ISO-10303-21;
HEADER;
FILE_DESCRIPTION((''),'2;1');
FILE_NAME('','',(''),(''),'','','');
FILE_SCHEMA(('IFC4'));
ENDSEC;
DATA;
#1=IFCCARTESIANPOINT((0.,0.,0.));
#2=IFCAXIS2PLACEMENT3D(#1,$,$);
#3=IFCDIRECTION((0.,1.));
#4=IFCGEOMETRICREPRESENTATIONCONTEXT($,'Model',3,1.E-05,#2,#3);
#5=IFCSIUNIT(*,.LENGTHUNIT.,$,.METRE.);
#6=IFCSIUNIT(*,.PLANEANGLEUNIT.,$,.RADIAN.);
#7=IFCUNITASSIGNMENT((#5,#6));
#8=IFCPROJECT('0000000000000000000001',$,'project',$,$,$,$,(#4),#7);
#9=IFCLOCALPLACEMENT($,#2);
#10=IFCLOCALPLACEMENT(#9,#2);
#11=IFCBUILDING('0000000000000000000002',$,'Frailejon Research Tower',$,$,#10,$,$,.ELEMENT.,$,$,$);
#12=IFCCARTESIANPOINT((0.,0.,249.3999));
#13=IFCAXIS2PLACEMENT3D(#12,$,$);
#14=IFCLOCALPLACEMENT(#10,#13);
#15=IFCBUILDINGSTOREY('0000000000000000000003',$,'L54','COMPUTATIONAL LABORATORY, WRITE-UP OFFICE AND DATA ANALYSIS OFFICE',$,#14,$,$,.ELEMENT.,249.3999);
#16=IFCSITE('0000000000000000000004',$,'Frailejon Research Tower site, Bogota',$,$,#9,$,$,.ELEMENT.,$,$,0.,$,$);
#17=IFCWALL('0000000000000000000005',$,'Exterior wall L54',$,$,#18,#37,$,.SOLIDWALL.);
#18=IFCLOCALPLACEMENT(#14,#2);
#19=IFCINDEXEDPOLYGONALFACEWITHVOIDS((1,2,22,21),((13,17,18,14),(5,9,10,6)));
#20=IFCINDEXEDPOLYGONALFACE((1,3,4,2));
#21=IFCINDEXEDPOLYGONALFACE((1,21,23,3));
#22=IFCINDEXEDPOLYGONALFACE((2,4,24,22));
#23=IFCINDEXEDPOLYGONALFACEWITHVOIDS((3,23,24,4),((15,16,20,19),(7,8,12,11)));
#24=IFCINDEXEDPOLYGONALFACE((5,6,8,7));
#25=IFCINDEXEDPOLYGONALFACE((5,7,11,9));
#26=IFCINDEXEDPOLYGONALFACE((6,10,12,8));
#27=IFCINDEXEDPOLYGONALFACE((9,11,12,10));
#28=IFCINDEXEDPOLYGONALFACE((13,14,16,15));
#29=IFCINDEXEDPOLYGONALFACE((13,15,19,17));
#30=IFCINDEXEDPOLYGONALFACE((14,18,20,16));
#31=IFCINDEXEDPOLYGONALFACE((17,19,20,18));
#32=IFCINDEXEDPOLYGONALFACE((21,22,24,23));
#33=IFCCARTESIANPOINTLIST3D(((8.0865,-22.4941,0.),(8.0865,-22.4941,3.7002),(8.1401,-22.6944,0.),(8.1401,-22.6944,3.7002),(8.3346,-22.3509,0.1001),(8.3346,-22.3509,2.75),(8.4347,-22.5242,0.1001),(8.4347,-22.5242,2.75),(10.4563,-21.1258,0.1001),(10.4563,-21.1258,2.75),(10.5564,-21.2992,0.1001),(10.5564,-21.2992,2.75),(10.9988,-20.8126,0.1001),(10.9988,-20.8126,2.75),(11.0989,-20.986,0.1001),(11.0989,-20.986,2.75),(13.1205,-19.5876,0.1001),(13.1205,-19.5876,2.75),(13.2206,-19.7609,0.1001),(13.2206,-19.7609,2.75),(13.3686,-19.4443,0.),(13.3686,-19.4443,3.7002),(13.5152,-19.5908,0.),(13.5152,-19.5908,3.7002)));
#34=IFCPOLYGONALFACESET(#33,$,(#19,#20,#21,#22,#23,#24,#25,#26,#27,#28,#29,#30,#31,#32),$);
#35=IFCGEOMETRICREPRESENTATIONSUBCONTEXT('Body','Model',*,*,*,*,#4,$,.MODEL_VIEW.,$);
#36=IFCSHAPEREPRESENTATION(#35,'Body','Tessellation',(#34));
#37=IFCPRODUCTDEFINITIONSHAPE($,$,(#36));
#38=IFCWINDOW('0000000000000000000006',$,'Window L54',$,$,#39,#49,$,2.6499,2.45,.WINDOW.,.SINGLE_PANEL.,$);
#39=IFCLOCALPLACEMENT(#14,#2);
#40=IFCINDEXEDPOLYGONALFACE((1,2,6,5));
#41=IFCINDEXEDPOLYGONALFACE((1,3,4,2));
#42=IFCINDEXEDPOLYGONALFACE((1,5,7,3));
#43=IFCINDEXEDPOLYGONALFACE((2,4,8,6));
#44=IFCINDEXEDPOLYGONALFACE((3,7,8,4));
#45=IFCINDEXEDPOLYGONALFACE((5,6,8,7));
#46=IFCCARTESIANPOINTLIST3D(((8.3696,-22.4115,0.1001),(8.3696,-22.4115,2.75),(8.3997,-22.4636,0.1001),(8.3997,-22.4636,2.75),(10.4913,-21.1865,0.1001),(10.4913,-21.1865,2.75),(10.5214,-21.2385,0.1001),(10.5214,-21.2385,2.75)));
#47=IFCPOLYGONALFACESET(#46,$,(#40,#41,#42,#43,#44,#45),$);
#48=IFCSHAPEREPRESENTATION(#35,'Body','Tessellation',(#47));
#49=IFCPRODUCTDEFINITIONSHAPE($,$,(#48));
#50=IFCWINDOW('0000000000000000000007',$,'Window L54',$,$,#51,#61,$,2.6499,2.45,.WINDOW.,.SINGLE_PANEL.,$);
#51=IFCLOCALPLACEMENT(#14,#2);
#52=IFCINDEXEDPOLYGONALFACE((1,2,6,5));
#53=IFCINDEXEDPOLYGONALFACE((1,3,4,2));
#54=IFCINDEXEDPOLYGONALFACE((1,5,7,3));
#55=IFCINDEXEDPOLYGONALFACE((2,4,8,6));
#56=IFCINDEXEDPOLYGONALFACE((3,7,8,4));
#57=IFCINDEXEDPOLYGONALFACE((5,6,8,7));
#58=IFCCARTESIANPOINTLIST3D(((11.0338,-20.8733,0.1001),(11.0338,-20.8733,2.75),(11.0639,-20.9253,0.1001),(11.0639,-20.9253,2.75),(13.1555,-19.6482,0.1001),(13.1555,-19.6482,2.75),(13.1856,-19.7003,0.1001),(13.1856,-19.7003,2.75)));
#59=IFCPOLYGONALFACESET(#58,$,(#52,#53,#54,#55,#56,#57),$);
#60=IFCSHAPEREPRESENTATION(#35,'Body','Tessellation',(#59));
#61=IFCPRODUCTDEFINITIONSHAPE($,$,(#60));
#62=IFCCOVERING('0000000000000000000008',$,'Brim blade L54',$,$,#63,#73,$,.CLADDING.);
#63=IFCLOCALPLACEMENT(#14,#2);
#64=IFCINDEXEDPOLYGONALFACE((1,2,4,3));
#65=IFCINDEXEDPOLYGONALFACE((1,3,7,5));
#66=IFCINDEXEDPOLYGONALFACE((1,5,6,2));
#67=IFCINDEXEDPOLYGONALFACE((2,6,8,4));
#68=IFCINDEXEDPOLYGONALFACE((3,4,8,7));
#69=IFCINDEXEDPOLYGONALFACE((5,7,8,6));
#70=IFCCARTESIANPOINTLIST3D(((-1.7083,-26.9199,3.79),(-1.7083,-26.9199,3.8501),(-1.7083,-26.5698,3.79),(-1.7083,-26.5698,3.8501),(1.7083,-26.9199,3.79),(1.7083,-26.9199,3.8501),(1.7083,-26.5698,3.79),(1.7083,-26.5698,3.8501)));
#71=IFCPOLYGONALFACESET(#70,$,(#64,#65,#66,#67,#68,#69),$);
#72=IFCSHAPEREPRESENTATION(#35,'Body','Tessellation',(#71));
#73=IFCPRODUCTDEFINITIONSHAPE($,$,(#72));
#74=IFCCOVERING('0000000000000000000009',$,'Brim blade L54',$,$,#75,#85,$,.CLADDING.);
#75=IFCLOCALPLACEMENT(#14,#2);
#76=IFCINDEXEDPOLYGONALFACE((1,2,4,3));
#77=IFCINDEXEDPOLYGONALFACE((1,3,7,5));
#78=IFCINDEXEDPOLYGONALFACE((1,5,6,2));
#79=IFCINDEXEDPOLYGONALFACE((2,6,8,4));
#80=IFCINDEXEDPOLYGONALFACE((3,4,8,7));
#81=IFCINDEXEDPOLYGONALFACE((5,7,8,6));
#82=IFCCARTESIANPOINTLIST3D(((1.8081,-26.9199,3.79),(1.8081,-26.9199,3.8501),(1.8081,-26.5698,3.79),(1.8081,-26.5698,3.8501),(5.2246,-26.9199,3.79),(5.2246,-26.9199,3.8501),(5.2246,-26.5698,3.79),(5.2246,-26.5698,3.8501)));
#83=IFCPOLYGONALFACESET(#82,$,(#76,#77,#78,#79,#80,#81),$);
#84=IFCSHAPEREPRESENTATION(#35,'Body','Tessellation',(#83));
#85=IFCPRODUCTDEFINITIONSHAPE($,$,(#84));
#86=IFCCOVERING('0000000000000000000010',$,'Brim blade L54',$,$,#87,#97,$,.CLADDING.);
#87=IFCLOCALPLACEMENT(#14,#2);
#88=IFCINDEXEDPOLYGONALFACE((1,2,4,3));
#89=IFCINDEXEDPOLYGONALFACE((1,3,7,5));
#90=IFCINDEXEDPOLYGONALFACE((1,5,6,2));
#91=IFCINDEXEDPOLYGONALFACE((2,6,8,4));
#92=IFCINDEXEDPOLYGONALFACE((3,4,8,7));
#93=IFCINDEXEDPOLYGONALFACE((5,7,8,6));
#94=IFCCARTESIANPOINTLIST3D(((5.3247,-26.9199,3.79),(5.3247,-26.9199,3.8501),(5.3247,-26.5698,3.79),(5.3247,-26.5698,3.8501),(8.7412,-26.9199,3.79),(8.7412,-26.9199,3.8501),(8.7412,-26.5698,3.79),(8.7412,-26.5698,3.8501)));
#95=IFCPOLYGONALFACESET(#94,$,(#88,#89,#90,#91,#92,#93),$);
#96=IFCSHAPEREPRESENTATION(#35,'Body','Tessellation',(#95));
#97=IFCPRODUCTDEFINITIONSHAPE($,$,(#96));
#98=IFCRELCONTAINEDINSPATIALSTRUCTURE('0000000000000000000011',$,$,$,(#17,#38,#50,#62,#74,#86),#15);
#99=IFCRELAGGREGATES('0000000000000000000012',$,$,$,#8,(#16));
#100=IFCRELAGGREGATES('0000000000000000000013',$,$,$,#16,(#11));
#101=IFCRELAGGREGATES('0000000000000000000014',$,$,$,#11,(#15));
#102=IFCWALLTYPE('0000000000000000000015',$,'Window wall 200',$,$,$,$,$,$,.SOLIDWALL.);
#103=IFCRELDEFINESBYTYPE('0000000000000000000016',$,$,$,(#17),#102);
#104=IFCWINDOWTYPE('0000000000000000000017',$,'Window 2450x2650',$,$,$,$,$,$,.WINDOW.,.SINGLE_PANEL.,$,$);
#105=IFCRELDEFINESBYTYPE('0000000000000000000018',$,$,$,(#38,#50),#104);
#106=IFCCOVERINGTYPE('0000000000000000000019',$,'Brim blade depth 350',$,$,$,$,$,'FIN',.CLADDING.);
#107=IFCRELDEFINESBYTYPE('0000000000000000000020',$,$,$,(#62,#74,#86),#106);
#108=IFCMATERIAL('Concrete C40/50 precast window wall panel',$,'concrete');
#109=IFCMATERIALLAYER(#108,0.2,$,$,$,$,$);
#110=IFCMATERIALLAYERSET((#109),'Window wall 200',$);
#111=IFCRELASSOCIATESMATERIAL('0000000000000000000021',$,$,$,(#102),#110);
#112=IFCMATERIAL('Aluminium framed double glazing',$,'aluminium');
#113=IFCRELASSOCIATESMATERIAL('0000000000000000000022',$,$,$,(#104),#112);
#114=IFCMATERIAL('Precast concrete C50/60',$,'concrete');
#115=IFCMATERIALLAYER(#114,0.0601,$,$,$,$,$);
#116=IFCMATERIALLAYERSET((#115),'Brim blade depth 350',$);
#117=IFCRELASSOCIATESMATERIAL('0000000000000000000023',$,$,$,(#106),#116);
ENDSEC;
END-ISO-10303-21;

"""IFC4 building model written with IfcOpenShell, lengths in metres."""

from ifc_helpers import new_model, si_unit, direction, frame, frame_2d, origin, place, context, subcontext, project, spatial, polyline, rectangle, outline, extrude, material, layer, layer_set, type_object, element, fill, save


model = new_model("IFC4")

# Units and contexts
model_context = context("Model", 3, precision=1e-05, world=origin(), true_north=direction((0.0, 1.0)))
body_context = subcontext(model_context, "Body", "Model", "MODEL_VIEW")
ifc_project = project(units=[si_unit("LENGTHUNIT", "METRE"), si_unit("PLANEANGLEUNIT", "RADIAN")], contexts=[model_context])

# Site, building, storey
site_placement = place(None, origin())
site = spatial("IfcSite", under=ifc_project, at=site_placement, Name="Frailejon Research Tower site, Bogota", CompositionType="ELEMENT", RefElevation=0.0)
building_placement = place(site_placement, origin())
building = spatial("IfcBuilding", under=site, at=building_placement, Name="Frailejon Research Tower", CompositionType="ELEMENT")
storey_placement = place(building_placement, frame((0.0, 0.0, 249.3999)))
storey = spatial("IfcBuildingStorey", under=building, at=storey_placement, Name="L54", Description="COMPUTATIONAL LABORATORY, WRITE-UP OFFICE AND DATA ANALYSIS OFFICE", CompositionType="ELEMENT", Elevation=249.3999)

# Wall, openings, windows
ifc_material_1 = material(Name="Concrete C40/50 precast window wall panel", Category="concrete")
ifc_layer_1 = layer(ifc_material_1, 0.2)
ifc_layer_set_1 = layer_set([ifc_layer_1], Name="Window wall 200")
wall_type_1 = type_object("IfcWallType", Name="Window wall 200", PredefinedType="SOLIDWALL", material=ifc_layer_set_1)
wall_1_placement = place(storey_placement, frame((8.1133, -22.5942, 0.0), z_axis=(0.0, 0.0, 1.0), x_axis=(0.866012, 0.500022, 0.0)))
wall_1 = element("IfcWall", 1, at=wall_1_placement, inside=storey, type_object=wall_type_1, Name="Exterior wall L54", PredefinedType="SOLIDWALL", context=body_context, shape_type="SweptSolid", body=[
    extrude(outline(polyline([(-0.0269, -0.1001), (1.0076, -0.1001), (2.042, -0.1001), (3.0767, -0.1001), (4.1111, -0.1001), (5.1455, -0.1001), (6.1799, -0.1001), (6.1262, 0.1001), (5.1096, 0.1001), (4.093, 0.1001), (3.0767, 0.1001), (2.0601, 0.1001), (1.0435, 0.1001), (0.0269, 0.1001), (-0.0269, -0.1001)])), origin(), (0.0, 0.0, 1.0), 3.7002),
])
opening_1_placement = place(wall_1_placement, frame((0.3132, 0.0, 0.1001)))
opening_1 = element("IfcOpeningElement", 2, at=opening_1_placement, cuts=wall_1, PredefinedType="OPENING", context=body_context, shape_type="SweptSolid", body=[
    extrude(rectangle(XDim=2.45, YDim=2.6499, at=frame_2d((1.2251, 1.325))), frame((0.0, 0.1099, 0.0), z_axis=(0.0, -1.0, 0.0), x_axis=(1.0, 0.0, 0.0)), (0.0, 0.0, 1.0), 0.22),
])
opening_2_placement = place(wall_1_placement, frame((3.3896, 0.0, 0.1001)))
opening_2 = element("IfcOpeningElement", 3, at=opening_2_placement, cuts=wall_1, PredefinedType="OPENING", context=body_context, shape_type="SweptSolid", body=[
    extrude(rectangle(XDim=2.45, YDim=2.6499, at=frame_2d((1.2251, 1.325))), frame((0.0, 0.1099, 0.0), z_axis=(0.0, -1.0, 0.0), x_axis=(1.0, 0.0, 0.0)), (0.0, 0.0, 1.0), 0.22),
])
ifc_material_2 = material(Name="Aluminium framed double glazing", Category="aluminium")
window_type = type_object("IfcWindowType", Name="Window 2450x2650", PartitioningType="SINGLE_PANEL", PredefinedType="WINDOW", material=ifc_material_2)
window_1_placement = place(opening_1_placement, origin())
window_1 = element("IfcWindow", 4, at=window_1_placement, inside=storey, type_object=window_type, Name="Window L54", OverallHeight=2.6499, OverallWidth=2.45, PartitioningType="SINGLE_PANEL", PredefinedType="WINDOW", context=body_context, shape_type="SweptSolid", body=[
    extrude(rectangle(XDim=2.45, YDim=2.6499, at=frame_2d((1.2251, 1.325))), frame((0.0, 0.03, 0.0), z_axis=(0.0, -1.0, 0.0), x_axis=(1.0, 0.0, 0.0)), (0.0, 0.0, 1.0), 0.0601),
])
fill(opening_1, window_1)
window_2_placement = place(opening_2_placement, origin())
window_2 = element("IfcWindow", 5, at=window_2_placement, inside=storey, type_object=window_type, Name="Window L54", OverallHeight=2.6499, OverallWidth=2.45, PartitioningType="SINGLE_PANEL", PredefinedType="WINDOW", context=body_context, shape_type="SweptSolid", body=[
    extrude(rectangle(XDim=2.45, YDim=2.6499, at=frame_2d((1.2251, 1.325))), frame((0.0, 0.03, 0.0), z_axis=(0.0, -1.0, 0.0), x_axis=(1.0, 0.0, 0.0)), (0.0, 0.0, 1.0), 0.0601),
])
fill(opening_2, window_2)

# Coverings
ifc_material_3 = material(Name="Precast concrete C50/60", Category="concrete")
ifc_layer_2 = layer(ifc_material_3, 0.0601)
ifc_layer_set_2 = layer_set([ifc_layer_2], Name="Brim blade depth 350")
covering_type = type_object("IfcCoveringType", Name="Brim blade depth 350", ElementType="FIN", PredefinedType="CLADDING", material=ifc_layer_set_2)
for number, where, z_axis, x_axis, name in (
    (6, (1.7083, -26.5698, 3.8501), (-1.0, 0.0, 0.0), (0.0, -1.0, 0.0), "Brim blade L54"),
    (7, (5.2246, -26.5698, 3.8501), (-1.0, 0.0, 0.0), (0.0, -1.0, 0.0), "Brim blade L54"),
    (8, (8.7412, -26.5698, 3.8501), (-1.0, 0.0, 0.0), (0.0, -1.0, 0.0), "Brim blade L54"),
):
    element("IfcCovering", number, at=place(storey_placement, frame(where, z_axis=z_axis, x_axis=x_axis)), inside=storey, type_object=covering_type, Name=name, PredefinedType="CLADDING", context=body_context, shape_type="SweptSolid", body=[
        extrude(outline(polyline([(0.0, -0.0601), (0.3501, -0.0601), (0.3501, 0.0), (0.0, 0.0), (0.0, -0.0601)])), origin(), (0.0, 0.0, 1.0), 3.4165),
    ])

save(model, "model.ifc")
